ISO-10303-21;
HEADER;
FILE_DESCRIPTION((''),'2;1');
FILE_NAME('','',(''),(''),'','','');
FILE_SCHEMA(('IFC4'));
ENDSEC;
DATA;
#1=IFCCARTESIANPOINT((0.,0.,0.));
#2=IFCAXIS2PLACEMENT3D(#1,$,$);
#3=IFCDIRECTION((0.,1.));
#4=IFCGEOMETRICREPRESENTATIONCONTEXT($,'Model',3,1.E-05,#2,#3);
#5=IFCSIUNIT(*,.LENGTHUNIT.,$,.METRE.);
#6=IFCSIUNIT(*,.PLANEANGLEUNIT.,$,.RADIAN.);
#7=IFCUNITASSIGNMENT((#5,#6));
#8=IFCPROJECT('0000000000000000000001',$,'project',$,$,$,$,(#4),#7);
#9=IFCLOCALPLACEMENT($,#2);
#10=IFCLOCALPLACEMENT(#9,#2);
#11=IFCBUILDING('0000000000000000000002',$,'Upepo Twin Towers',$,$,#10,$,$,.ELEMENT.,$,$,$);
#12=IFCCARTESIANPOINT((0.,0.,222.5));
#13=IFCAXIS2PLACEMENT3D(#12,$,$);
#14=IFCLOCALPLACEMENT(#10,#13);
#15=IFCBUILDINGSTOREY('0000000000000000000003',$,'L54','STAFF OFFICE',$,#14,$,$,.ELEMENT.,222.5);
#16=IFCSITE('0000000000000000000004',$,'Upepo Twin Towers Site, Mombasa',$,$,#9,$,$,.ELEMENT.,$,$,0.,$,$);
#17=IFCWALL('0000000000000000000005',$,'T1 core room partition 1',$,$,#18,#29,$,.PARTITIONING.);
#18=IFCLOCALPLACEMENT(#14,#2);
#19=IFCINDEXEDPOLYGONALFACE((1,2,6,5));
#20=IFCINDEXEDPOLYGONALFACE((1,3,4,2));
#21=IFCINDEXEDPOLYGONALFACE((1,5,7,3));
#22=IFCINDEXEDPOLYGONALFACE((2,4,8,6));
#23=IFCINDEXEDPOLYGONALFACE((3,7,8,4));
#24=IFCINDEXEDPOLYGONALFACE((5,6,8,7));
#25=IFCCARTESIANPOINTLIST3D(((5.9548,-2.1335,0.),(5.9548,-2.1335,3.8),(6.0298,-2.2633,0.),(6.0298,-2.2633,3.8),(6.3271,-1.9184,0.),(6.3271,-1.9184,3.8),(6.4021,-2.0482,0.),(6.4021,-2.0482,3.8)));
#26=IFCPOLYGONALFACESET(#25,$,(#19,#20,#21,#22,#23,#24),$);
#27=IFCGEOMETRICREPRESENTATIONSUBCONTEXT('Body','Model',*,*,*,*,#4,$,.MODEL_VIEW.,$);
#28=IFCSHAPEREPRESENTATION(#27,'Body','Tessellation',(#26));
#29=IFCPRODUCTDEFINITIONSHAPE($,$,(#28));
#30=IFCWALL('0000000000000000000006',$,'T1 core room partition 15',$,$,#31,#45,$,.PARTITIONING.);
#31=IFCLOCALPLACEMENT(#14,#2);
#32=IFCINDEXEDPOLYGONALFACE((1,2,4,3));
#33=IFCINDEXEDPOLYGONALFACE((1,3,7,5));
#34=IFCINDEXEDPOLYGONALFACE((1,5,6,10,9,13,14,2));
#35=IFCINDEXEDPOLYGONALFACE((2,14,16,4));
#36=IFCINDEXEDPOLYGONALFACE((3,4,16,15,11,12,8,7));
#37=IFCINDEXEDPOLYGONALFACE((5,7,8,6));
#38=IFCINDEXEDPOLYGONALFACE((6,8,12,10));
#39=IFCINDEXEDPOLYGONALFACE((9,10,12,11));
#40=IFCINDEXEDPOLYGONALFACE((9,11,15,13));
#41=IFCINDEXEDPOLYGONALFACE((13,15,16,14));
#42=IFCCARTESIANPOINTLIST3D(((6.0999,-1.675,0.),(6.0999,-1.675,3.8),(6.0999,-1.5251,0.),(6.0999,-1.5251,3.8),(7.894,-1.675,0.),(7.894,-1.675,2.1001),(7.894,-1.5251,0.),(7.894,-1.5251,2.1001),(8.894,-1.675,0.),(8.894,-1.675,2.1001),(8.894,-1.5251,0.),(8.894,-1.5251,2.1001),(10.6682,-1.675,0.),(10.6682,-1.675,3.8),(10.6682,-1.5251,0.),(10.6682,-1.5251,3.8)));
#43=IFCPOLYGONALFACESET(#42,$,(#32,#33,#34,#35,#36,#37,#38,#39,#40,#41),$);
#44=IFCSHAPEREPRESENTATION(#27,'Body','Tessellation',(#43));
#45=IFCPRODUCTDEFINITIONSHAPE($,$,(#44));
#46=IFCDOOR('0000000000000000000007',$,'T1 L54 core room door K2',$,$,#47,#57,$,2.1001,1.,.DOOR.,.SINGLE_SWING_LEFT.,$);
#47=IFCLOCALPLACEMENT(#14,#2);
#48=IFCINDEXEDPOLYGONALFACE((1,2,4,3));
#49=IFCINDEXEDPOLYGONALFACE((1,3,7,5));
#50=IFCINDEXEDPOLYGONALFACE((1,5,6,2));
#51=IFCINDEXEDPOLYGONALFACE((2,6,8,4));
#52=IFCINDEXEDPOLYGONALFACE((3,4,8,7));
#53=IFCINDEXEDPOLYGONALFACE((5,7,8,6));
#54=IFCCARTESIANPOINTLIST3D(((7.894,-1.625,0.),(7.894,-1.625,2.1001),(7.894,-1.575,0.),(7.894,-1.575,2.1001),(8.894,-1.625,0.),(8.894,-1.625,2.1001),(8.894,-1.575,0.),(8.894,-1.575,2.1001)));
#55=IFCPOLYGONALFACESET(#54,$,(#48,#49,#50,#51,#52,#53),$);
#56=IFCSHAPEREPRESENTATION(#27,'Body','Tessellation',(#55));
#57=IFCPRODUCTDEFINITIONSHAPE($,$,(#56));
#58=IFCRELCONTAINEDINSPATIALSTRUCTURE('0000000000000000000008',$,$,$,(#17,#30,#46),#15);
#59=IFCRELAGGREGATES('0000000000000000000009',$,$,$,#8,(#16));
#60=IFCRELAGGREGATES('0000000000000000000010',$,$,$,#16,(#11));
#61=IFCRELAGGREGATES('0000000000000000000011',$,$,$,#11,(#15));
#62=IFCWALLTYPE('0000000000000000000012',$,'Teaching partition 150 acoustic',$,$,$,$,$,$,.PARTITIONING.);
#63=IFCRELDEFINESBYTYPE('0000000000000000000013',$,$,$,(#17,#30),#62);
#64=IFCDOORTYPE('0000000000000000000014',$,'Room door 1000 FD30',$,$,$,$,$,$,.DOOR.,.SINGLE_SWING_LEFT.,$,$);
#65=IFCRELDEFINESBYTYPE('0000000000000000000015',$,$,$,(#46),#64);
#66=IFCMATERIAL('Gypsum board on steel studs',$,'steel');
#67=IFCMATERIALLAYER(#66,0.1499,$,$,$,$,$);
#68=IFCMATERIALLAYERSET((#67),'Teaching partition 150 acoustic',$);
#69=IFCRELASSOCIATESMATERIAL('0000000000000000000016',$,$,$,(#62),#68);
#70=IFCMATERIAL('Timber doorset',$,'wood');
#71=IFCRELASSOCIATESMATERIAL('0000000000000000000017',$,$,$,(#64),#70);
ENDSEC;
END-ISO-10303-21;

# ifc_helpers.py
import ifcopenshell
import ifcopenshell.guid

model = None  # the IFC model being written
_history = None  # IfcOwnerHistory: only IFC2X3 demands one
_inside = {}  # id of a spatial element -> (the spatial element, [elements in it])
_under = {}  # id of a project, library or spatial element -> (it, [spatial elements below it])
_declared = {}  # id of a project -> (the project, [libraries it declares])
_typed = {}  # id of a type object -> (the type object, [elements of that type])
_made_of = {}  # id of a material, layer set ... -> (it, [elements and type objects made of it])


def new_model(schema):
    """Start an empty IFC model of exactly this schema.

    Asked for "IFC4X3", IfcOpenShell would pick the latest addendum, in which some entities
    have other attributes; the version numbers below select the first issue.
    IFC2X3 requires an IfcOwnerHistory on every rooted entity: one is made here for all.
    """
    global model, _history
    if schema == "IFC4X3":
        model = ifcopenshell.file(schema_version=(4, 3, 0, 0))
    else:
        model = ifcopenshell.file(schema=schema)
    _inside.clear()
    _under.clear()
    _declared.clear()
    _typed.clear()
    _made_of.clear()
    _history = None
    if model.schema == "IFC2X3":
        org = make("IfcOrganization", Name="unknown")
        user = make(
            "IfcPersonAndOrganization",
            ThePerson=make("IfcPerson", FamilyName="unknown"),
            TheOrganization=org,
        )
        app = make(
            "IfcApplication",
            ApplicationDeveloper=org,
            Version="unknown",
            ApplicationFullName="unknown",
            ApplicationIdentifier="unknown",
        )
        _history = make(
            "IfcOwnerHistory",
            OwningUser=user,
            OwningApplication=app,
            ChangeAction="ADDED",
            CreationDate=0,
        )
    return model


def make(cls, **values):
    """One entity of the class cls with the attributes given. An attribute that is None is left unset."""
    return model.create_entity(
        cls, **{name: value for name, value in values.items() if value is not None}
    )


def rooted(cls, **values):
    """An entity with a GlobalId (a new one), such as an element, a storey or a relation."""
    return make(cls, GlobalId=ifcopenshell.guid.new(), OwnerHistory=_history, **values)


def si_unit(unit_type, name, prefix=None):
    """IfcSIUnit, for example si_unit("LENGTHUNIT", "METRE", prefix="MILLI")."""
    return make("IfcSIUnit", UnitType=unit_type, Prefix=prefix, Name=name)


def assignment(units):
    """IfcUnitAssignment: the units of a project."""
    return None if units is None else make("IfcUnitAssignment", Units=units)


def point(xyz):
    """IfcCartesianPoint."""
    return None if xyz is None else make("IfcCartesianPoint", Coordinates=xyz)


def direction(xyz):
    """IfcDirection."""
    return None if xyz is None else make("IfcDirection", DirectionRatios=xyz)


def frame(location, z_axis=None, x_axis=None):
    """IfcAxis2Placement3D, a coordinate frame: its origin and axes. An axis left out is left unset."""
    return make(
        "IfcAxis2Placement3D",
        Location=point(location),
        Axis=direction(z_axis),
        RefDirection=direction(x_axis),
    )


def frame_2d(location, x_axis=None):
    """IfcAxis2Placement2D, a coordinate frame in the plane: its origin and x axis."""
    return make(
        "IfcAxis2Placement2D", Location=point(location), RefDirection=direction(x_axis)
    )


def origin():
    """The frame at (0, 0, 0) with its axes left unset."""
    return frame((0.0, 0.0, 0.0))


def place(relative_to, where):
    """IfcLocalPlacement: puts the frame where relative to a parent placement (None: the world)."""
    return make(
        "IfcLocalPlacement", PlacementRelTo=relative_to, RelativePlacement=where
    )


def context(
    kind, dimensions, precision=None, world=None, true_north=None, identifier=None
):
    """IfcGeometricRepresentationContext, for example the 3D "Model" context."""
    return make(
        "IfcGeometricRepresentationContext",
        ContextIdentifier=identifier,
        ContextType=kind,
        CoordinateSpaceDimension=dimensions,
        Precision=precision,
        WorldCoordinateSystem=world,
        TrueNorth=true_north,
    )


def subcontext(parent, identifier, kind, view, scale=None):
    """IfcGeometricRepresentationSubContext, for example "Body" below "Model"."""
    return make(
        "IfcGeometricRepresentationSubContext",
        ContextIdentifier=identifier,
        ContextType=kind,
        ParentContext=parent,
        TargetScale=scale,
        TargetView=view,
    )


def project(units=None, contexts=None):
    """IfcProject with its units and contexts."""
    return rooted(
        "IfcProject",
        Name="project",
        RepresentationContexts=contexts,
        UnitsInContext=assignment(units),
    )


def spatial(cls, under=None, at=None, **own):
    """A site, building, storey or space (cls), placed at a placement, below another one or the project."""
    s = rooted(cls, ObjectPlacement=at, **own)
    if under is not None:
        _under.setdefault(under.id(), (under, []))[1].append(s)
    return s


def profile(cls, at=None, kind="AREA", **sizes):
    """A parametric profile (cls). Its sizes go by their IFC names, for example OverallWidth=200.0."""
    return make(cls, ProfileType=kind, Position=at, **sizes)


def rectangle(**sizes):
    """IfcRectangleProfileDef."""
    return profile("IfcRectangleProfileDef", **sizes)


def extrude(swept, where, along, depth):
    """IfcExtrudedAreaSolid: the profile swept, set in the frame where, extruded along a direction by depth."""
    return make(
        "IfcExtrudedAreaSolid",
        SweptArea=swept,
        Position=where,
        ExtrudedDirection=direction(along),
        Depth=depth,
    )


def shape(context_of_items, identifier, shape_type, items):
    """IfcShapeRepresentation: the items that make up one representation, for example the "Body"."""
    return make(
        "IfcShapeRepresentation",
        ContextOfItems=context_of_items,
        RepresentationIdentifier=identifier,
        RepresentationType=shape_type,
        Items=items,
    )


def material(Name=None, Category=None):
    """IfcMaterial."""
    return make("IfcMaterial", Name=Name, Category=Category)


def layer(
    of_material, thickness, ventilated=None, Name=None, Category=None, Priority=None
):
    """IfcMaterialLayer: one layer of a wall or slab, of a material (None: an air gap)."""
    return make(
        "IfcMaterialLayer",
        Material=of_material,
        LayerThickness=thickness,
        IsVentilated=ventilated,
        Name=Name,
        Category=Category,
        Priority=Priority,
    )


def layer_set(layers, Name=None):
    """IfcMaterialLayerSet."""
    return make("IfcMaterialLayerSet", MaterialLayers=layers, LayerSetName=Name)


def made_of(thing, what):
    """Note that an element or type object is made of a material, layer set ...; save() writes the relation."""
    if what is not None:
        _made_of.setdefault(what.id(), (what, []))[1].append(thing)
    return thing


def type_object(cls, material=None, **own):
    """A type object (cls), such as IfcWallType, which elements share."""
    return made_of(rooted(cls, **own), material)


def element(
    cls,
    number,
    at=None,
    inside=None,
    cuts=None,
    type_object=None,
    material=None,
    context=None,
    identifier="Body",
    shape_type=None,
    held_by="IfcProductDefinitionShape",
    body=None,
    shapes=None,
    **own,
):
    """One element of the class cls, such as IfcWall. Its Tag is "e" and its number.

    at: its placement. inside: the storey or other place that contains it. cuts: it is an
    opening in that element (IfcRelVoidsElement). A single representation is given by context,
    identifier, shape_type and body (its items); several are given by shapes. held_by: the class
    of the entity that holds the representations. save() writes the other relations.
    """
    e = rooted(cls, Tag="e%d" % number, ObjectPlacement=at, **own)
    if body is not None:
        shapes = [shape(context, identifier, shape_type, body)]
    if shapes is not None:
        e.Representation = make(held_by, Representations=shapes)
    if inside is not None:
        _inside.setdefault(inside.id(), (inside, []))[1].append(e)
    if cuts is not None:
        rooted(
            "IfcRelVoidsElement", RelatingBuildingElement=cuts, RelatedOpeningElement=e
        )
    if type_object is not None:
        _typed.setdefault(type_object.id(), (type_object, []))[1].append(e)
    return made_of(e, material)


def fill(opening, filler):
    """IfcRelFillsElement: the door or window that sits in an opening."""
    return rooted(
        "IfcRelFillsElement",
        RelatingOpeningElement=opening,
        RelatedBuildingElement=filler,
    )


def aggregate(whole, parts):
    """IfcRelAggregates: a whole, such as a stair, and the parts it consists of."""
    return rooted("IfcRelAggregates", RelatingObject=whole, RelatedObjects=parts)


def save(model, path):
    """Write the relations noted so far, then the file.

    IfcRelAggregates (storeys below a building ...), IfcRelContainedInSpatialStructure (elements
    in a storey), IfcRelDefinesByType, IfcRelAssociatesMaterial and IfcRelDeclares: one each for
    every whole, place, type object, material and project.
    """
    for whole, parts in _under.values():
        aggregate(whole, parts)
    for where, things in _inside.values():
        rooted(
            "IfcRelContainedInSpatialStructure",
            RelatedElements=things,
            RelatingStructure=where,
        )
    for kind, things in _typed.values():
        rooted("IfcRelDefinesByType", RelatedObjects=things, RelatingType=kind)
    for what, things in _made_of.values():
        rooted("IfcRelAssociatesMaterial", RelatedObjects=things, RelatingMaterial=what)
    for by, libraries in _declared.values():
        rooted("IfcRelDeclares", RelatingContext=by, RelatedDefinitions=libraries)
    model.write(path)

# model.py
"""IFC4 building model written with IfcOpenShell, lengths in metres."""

from ifc_helpers import new_model, si_unit, direction, frame, frame_2d, origin, place, context, subcontext, project, spatial, rectangle, extrude, material, layer, layer_set, type_object, element, fill, save


model = new_model("IFC4")

# Units and contexts
model_context = context("Model", 3, precision=1e-05, world=origin(), true_north=direction((0.0, 1.0)))
body_context = subcontext(model_context, "Body", "Model", "MODEL_VIEW")
ifc_project = project(units=[si_unit("LENGTHUNIT", "METRE"), si_unit("PLANEANGLEUNIT", "RADIAN")], contexts=[model_context])

# Site, building, storey
site_placement = place(None, origin())
site = spatial("IfcSite", under=ifc_project, at=site_placement, Name="Upepo Twin Towers Site, Mombasa", CompositionType="ELEMENT", RefElevation=0.0)
building_placement = place(site_placement, origin())
building = spatial("IfcBuilding", under=site, at=building_placement, Name="Upepo Twin Towers", CompositionType="ELEMENT")
storey_placement = place(building_placement, frame((0.0, 0.0, 222.5)))
storey = spatial("IfcBuildingStorey", under=building, at=storey_placement, Name="L54", Description="STAFF OFFICE", CompositionType="ELEMENT", Elevation=222.5)

# Wall
ifc_material_1 = material(Name="Gypsum board on steel studs", Category="steel")
ifc_layer_1 = layer(ifc_material_1, 0.1499)
ifc_layer_set_1 = layer_set([ifc_layer_1], Name="Teaching partition 150 acoustic")
wall_type_1 = type_object("IfcWallType", Name="Teaching partition 150 acoustic", PredefinedType="PARTITIONING", material=ifc_layer_set_1)
wall_1_placement = place(storey_placement, frame((6.3645, -1.9834, 0.0), z_axis=(0.0, 0.0, 1.0), x_axis=(-0.865892, -0.50023, 0.0)))
element("IfcWall", 1, at=wall_1_placement, inside=storey, type_object=wall_type_1, Name="T1 core room partition 1", PredefinedType="PARTITIONING", context=body_context, shape_type="SweptSolid", body=[
    extrude(rectangle(XDim=0.4299, YDim=0.1499, at=frame_2d((0.2148, 0.0))), origin(), (0.0, 0.0, 1.0), 3.8),
])

# Wall, opening, door
wall_2_placement = place(storey_placement, frame((10.6682, -1.6001, 0.0), z_axis=(0.0, 0.0, 1.0), x_axis=(-1.0, 0.0, 0.0)))
wall_2 = element("IfcWall", 2, at=wall_2_placement, inside=storey, type_object=wall_type_1, Name="T1 core room partition 15", PredefinedType="PARTITIONING", context=body_context, shape_type="SweptSolid", body=[
    extrude(rectangle(XDim=4.5684, YDim=0.1499, at=frame_2d((2.2842, 0.0))), origin(), (0.0, 0.0, 1.0), 3.8),
])
opening_1_placement = place(wall_2_placement, frame((1.7742, 0.0, 0.0)))
opening_1 = element("IfcOpeningElement", 3, at=opening_1_placement, cuts=wall_2, PredefinedType="OPENING", context=body_context, shape_type="SweptSolid", body=[
    extrude(rectangle(XDim=1.0, YDim=2.1001, at=frame_2d((0.5, 1.05))), frame((0.0, 0.085, 0.0), z_axis=(0.0, -1.0, 0.0), x_axis=(1.0, 0.0, 0.0)), (0.0, 0.0, 1.0), 0.1699),
])
ifc_material_2 = material(Name="Timber doorset", Category="wood")
door_type_1 = type_object("IfcDoorType", Name="Room door 1000 FD30", OperationType="SINGLE_SWING_LEFT", PredefinedType="DOOR", material=ifc_material_2)
door_1_placement = place(opening_1_placement, origin())
door_1 = element("IfcDoor", 4, at=door_1_placement, inside=storey, type_object=door_type_1, Name="T1 L54 core room door K2", OperationType="SINGLE_SWING_LEFT", OverallHeight=2.1001, OverallWidth=1.0, PredefinedType="DOOR", context=body_context, shape_type="SweptSolid", body=[
    extrude(rectangle(XDim=1.0, YDim=2.1001, at=frame_2d((0.5, 1.05))), frame((0.0, 0.0249, 0.0), z_axis=(0.0, -1.0, 0.0), x_axis=(1.0, 0.0, 0.0)), (0.0, 0.0, 1.0), 0.05),
])
fill(opening_1, door_1)

save(model, "model.ifc")
